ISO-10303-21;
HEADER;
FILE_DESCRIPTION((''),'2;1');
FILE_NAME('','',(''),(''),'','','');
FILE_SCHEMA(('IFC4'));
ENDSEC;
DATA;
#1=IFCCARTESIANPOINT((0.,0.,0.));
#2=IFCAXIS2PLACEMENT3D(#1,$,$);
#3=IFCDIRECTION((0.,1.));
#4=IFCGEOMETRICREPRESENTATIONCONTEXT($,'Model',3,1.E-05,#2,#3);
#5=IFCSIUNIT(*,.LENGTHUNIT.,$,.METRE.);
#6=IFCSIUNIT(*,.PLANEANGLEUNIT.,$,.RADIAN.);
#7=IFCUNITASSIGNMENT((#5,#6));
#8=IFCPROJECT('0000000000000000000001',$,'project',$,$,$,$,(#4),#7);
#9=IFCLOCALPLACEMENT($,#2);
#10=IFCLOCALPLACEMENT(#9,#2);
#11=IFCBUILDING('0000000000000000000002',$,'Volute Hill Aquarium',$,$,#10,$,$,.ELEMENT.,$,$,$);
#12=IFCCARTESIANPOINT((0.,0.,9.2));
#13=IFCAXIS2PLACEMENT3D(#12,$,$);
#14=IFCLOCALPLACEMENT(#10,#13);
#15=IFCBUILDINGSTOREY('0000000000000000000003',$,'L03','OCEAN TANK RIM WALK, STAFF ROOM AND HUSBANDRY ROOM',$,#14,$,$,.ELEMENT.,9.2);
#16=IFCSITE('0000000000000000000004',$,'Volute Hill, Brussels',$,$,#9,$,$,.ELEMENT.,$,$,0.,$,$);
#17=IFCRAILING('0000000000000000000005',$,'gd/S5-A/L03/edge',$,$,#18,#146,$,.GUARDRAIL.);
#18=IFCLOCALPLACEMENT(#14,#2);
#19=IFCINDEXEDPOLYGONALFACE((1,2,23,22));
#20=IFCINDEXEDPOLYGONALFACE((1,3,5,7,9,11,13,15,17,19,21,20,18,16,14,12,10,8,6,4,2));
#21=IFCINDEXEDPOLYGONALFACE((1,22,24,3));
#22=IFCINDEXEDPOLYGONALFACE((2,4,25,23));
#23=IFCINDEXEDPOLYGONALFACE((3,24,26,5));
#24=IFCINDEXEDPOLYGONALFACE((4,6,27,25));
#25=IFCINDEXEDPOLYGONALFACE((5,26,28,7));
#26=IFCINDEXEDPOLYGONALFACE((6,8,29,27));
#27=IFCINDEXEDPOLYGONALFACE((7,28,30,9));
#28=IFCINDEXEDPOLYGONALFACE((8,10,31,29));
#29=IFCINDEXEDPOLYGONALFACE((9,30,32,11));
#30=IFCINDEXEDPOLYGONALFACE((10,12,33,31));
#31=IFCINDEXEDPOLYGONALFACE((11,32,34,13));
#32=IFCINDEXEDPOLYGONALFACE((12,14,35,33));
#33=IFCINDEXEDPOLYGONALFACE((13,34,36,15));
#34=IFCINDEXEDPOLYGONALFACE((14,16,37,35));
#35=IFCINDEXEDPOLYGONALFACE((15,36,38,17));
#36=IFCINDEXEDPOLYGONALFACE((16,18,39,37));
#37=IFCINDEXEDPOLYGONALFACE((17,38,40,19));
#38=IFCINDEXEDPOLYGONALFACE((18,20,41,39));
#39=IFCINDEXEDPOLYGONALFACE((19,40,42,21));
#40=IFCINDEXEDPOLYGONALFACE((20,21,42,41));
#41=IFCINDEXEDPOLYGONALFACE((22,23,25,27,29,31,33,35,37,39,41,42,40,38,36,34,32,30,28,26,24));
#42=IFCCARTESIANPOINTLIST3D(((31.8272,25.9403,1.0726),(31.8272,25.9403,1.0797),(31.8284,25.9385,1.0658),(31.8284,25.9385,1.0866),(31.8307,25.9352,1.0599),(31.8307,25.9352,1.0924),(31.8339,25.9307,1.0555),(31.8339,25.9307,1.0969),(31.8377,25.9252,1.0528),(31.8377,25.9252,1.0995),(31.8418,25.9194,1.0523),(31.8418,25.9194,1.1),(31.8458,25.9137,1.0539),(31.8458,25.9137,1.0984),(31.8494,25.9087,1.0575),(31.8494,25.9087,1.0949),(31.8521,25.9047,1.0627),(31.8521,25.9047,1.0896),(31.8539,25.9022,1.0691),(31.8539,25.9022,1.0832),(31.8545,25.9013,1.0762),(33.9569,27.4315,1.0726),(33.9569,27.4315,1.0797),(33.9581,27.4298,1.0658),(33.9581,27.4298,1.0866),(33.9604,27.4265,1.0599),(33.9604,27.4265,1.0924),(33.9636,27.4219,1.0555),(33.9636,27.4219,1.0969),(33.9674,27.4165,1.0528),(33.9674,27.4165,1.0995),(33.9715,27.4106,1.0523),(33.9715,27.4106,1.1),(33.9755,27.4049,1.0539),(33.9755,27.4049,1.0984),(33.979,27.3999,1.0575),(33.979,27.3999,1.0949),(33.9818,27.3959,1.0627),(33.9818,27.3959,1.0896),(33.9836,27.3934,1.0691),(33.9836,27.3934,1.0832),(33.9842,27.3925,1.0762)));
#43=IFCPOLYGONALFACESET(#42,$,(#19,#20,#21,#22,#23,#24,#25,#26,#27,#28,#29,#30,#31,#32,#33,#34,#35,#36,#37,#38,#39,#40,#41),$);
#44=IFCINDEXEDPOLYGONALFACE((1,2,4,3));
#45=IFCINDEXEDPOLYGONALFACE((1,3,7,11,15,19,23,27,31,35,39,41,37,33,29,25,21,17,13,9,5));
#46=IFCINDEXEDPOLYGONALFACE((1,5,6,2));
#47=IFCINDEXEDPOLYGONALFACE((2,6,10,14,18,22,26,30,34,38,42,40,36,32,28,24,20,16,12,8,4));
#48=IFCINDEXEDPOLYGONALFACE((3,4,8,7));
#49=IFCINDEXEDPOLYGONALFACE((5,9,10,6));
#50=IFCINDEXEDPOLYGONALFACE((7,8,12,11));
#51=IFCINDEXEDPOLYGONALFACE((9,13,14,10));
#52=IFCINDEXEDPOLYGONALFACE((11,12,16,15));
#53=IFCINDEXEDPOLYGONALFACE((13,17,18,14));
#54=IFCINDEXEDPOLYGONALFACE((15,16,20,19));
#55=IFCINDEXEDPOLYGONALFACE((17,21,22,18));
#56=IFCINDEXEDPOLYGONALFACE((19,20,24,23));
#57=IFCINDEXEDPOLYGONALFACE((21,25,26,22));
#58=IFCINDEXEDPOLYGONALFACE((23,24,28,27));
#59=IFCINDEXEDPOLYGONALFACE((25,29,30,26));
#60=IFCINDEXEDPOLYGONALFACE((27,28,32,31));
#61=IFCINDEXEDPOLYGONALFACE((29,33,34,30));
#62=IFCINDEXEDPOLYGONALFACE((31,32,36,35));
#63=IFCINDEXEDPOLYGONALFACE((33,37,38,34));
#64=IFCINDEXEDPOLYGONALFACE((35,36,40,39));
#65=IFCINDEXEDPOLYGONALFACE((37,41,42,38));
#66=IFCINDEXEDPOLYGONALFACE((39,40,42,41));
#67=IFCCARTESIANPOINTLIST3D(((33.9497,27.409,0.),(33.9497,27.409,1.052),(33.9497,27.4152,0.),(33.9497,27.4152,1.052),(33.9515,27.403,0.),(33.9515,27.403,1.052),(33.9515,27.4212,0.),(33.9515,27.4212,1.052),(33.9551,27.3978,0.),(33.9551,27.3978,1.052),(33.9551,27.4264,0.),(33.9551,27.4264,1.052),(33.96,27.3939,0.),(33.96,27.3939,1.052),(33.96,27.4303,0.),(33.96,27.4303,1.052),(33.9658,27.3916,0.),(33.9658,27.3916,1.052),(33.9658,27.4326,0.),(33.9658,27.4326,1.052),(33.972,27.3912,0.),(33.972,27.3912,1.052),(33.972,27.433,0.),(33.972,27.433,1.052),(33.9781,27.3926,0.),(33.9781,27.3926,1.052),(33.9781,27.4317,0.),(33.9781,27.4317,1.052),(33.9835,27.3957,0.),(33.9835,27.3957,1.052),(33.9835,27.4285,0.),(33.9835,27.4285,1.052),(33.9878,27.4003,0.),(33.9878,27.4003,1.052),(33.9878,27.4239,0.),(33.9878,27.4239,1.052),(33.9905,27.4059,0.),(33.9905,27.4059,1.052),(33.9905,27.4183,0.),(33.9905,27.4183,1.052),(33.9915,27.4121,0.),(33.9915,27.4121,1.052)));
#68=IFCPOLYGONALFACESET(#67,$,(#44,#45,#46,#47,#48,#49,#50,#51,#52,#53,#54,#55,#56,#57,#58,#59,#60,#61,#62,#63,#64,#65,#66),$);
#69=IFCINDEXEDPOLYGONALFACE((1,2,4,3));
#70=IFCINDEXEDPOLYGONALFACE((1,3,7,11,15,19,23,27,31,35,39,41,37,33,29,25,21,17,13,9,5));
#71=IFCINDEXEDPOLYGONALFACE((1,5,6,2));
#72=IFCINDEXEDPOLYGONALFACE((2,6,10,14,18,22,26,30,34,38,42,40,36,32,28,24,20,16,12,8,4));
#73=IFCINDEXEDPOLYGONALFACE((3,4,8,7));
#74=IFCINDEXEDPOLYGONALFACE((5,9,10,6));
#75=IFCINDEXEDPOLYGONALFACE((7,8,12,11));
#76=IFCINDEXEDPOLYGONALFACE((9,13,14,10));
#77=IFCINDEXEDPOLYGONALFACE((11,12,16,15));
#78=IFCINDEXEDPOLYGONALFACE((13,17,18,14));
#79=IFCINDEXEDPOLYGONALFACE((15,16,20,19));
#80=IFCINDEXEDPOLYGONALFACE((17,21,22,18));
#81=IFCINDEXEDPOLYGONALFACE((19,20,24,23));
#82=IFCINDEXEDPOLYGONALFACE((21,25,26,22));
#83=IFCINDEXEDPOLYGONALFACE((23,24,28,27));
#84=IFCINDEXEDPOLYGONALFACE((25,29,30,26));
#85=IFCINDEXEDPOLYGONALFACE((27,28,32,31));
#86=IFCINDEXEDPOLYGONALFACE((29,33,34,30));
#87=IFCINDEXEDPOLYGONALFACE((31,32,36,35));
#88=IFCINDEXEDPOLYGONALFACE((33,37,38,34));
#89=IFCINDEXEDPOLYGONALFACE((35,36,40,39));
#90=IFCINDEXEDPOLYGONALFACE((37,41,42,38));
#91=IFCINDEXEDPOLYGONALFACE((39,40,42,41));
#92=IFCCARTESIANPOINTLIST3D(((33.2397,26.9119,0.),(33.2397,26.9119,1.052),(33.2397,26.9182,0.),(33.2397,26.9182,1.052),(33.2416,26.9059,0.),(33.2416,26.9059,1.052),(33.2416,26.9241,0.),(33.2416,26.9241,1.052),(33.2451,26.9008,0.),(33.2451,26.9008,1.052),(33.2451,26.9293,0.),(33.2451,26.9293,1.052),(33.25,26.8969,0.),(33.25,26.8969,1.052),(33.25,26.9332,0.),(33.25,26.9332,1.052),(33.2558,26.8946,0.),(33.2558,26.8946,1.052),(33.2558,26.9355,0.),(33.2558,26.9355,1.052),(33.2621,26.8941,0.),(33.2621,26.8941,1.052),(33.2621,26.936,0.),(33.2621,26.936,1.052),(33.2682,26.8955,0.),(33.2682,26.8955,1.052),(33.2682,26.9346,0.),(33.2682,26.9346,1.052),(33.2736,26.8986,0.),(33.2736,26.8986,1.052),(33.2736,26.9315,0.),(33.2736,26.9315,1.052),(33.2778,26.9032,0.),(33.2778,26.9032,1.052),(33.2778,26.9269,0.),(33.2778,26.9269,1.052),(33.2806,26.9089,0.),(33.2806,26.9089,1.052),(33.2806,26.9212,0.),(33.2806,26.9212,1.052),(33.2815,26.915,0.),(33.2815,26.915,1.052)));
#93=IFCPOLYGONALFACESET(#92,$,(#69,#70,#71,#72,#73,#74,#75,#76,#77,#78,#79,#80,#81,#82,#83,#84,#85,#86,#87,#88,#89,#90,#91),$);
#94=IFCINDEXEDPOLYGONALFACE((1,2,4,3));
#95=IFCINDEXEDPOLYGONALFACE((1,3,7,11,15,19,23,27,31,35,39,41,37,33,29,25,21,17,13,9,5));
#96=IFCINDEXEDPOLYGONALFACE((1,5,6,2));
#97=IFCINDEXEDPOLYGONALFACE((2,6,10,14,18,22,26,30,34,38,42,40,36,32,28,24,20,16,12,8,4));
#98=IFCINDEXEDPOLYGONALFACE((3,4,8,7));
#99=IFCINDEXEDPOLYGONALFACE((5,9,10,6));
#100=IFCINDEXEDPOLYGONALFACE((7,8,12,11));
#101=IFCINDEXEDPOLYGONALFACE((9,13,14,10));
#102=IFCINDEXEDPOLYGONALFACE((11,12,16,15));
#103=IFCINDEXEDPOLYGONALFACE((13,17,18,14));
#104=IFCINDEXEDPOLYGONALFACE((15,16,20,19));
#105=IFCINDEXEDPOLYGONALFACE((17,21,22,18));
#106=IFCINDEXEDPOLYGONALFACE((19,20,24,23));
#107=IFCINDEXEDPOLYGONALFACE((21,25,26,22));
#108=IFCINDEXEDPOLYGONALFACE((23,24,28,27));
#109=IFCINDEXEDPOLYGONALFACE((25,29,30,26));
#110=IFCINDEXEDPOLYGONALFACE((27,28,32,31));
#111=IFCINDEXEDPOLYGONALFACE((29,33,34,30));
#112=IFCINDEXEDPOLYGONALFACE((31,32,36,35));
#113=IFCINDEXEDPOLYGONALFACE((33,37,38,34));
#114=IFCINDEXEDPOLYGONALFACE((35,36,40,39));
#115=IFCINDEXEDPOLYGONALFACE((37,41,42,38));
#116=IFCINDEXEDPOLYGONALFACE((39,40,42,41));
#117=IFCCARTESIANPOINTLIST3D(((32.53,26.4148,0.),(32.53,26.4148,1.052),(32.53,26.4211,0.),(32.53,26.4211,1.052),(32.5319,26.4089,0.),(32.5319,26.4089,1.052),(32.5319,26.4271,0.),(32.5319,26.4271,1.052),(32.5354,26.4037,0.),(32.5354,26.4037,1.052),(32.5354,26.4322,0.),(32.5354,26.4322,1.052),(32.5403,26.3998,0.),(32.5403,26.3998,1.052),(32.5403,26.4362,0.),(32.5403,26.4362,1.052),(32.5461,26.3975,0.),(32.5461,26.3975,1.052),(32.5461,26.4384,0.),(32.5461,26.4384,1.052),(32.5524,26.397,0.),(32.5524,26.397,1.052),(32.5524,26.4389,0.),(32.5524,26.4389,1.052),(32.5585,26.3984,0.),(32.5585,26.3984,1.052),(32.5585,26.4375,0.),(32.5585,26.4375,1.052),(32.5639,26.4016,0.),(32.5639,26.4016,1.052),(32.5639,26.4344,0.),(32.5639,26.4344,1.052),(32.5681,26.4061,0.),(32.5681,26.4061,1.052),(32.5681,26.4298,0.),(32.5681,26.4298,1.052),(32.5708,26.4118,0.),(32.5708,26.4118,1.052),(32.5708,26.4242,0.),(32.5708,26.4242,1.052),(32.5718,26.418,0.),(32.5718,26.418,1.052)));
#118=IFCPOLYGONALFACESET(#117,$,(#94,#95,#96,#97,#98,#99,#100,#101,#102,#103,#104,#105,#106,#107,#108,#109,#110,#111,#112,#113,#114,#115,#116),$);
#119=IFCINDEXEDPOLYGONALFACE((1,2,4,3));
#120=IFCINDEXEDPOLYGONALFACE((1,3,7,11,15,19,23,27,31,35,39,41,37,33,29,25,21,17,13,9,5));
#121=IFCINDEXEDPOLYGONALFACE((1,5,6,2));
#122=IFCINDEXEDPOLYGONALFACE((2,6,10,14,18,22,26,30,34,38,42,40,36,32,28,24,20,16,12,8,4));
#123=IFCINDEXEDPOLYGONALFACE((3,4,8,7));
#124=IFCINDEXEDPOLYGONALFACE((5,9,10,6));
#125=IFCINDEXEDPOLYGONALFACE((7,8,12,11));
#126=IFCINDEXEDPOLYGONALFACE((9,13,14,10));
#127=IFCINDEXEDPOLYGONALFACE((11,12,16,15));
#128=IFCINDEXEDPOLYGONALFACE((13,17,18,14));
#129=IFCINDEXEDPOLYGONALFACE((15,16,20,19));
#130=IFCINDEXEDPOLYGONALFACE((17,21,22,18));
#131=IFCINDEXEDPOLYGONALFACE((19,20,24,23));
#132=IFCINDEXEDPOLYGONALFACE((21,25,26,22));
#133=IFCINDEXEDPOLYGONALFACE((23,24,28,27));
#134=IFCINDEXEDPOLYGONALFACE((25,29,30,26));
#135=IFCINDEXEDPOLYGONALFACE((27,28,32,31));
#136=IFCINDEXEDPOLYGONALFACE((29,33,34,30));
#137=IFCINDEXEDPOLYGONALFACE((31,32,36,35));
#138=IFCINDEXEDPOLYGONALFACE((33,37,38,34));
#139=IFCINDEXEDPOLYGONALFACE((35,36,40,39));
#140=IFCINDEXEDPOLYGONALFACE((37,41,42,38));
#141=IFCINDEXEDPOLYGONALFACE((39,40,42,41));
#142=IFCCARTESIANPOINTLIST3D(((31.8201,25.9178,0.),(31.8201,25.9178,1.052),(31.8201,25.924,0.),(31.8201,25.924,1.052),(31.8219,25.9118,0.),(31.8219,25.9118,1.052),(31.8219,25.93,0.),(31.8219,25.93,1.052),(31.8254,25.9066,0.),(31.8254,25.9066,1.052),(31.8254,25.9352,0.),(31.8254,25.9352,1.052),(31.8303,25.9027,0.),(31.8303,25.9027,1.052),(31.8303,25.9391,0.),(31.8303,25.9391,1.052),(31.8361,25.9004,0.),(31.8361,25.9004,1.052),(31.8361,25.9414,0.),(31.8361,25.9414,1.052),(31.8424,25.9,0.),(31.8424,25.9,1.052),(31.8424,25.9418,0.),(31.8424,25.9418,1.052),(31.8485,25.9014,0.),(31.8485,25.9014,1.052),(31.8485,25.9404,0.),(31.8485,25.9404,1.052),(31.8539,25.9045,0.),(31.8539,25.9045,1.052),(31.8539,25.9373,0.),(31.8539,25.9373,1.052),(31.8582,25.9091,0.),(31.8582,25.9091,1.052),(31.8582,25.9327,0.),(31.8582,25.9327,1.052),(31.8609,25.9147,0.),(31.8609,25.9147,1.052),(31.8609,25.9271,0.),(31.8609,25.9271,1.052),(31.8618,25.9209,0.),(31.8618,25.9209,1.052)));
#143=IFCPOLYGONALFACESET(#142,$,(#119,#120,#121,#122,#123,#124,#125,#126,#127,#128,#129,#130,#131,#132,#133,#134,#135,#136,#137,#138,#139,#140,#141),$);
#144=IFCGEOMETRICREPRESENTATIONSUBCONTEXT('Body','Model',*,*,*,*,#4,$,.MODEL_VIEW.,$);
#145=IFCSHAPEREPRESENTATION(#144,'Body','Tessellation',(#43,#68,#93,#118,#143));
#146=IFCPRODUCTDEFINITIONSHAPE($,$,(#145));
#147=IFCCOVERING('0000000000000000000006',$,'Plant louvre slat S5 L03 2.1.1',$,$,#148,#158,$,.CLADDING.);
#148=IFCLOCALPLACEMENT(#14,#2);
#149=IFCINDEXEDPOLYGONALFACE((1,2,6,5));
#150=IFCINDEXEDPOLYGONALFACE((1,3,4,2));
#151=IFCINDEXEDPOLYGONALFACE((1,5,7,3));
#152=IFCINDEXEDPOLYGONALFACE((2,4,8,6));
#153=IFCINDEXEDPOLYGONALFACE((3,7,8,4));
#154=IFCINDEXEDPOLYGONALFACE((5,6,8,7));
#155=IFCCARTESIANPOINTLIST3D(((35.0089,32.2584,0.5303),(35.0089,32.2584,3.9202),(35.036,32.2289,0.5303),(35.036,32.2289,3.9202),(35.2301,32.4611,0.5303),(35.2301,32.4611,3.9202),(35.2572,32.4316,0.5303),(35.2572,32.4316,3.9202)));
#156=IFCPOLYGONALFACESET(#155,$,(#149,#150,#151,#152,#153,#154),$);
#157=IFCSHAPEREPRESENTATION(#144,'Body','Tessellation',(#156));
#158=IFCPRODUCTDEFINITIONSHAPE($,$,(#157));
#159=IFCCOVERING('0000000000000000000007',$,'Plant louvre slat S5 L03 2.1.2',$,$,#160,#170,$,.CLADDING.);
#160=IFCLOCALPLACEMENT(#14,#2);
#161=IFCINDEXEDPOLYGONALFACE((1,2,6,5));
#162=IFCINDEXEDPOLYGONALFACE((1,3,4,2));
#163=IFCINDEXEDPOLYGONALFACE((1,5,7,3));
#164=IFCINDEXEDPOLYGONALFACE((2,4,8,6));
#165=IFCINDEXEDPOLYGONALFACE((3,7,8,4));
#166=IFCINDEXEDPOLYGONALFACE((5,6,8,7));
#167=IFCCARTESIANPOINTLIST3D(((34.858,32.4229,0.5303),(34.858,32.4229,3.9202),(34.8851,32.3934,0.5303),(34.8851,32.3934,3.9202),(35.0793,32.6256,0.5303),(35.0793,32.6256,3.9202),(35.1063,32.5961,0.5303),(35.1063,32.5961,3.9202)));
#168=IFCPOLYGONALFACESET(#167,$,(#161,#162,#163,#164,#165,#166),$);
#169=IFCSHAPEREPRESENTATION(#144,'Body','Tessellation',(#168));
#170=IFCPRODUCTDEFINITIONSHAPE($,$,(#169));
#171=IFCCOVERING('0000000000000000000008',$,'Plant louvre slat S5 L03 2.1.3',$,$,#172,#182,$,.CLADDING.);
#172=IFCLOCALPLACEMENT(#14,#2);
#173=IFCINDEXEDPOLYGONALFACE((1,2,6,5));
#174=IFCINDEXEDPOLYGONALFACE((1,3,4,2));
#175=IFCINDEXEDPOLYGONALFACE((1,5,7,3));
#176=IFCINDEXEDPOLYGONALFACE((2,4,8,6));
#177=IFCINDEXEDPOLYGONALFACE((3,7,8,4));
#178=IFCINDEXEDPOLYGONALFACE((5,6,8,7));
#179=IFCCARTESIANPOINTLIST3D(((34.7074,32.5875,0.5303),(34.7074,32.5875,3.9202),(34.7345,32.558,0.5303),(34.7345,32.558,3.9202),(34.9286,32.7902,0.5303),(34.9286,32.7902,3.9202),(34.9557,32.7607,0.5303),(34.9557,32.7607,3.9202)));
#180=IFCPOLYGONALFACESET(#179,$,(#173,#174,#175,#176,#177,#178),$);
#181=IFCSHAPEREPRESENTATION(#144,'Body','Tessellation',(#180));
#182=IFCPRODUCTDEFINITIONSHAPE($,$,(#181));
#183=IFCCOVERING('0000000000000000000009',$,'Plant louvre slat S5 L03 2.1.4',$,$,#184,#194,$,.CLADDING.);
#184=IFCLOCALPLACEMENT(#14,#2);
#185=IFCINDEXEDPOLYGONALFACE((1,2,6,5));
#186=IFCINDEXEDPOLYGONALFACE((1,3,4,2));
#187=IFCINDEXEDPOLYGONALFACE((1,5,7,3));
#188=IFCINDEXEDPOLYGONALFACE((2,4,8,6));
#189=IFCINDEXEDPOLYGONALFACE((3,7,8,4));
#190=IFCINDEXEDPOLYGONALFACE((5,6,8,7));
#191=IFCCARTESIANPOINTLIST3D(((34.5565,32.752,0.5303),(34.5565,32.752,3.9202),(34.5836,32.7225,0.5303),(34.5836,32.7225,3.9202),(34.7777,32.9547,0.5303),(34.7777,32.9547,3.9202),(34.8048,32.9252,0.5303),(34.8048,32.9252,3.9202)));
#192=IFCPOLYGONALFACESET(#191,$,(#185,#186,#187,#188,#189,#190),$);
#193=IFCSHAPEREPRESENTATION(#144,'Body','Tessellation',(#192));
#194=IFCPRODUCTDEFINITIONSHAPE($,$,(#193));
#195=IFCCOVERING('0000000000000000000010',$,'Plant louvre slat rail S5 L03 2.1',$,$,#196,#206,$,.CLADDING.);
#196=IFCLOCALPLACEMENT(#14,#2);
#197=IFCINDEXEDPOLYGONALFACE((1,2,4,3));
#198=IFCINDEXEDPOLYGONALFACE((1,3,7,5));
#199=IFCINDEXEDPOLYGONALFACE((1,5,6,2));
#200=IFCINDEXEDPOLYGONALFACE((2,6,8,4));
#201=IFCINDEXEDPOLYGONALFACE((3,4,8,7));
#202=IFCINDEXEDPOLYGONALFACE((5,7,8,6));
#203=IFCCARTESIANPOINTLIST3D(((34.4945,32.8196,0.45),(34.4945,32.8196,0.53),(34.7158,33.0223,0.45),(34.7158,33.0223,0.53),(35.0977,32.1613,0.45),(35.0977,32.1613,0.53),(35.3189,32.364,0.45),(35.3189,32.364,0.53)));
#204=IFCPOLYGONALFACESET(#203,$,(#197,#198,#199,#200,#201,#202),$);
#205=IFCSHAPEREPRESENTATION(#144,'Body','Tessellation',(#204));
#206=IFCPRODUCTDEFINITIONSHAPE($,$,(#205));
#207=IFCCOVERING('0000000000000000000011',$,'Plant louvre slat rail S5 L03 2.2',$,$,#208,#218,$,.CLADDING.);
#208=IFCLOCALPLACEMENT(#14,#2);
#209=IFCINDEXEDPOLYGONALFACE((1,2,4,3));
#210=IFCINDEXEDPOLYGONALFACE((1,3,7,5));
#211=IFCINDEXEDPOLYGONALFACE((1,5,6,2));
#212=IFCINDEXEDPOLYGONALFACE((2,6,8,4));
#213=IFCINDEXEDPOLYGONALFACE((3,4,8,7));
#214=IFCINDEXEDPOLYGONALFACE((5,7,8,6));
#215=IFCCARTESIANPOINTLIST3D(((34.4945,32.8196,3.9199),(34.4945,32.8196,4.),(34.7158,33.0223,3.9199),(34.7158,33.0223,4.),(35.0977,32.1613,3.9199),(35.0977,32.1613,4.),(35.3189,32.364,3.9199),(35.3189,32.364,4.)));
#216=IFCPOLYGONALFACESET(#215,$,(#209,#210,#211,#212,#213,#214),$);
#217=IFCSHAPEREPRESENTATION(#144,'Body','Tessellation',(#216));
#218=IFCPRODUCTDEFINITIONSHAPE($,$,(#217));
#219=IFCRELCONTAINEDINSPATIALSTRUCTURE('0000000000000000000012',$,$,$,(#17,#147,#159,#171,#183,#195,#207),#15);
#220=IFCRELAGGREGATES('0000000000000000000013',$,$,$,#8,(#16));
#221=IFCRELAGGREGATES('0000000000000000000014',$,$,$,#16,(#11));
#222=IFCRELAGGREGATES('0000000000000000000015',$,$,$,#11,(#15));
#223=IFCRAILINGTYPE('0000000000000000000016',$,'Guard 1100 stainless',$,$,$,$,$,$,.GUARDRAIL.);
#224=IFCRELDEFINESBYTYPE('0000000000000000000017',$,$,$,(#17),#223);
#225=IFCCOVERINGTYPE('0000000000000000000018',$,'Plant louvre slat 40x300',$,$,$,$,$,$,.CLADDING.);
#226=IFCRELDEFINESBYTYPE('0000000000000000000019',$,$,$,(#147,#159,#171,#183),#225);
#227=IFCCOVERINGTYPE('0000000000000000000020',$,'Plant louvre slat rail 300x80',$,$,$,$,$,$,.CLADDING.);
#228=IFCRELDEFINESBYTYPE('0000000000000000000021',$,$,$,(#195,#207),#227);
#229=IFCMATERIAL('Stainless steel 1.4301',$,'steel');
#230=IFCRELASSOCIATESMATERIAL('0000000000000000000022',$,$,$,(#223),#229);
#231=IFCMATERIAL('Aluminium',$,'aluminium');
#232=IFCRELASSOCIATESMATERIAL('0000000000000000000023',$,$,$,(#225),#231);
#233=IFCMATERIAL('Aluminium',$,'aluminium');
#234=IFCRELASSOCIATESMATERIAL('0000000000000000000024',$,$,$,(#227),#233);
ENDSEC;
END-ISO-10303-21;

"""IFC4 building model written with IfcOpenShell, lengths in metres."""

from ifc_helpers import new_model, si_unit, direction, frame, origin, origin_2d, place, context, subcontext, project, spatial, rectangle, circle, extrude, material, type_object, element, save


model = new_model("IFC4")

# Units and contexts
model_context = context("Model", 3, precision=1e-05, world=origin(), true_north=direction((0.0, 1.0)))
body_context = subcontext(model_context, "Body", "Model", "MODEL_VIEW")
ifc_project = project(units=[si_unit("LENGTHUNIT", "METRE"), si_unit("PLANEANGLEUNIT", "RADIAN")], contexts=[model_context])

# Site, building, storey
site_placement = place(None, origin())
site = spatial("IfcSite", under=ifc_project, at=site_placement, Name="Volute Hill, Brussels", CompositionType="ELEMENT", RefElevation=0.0)
building_placement = place(site_placement, origin())
building = spatial("IfcBuilding", under=site, at=building_placement, Name="Volute Hill Aquarium", CompositionType="ELEMENT")
storey_placement = place(building_placement, frame((0.0, 0.0, 9.2)))
storey = spatial("IfcBuildingStorey", under=building, at=storey_placement, Name="L03", Description="OCEAN TANK RIM WALK, STAFF ROOM AND HUSBANDRY ROOM", CompositionType="ELEMENT", Elevation=9.2)

# Railing
ifc_material_1 = material(Name="Stainless steel 1.4301", Category="steel")
railing_type_1 = type_object("IfcRailingType", Name="Guard 1100 stainless", PredefinedType="GUARDRAIL", material=ifc_material_1)
railing_1_placement = place(storey_placement, frame((33.9705, 27.4121, 0.0)))
element("IfcRailing", 1, at=railing_1_placement, inside=storey, type_object=railing_type_1, Name="gd/S5-A/L03/edge", PredefinedType="GUARDRAIL", context=body_context, shape_type="SweptSolid", body=[
    extrude(circle(Radius=0.0239, at=origin_2d()), frame((0.0, 0.0, 1.0762), z_axis=(-0.819148, -0.573582, 0.0), x_axis=(0.573582, -0.819148, 0.0)), (0.0, 0.0, 1.0), 2.5999),
    extrude(circle(Radius=0.021, at=origin_2d()), origin(), (0.0, 0.0, 1.0), 1.052),
    extrude(circle(Radius=0.021, at=origin_2d()), frame((-0.71, -0.4971, 0.0)), (0.0, 0.0, 1.0), 1.052),
    extrude(circle(Radius=0.021, at=origin_2d()), frame((-1.4197, -0.9941, 0.0)), (0.0, 0.0, 1.0), 1.052),
    extrude(circle(Radius=0.021, at=origin_2d()), frame((-2.1296, -1.4912, 0.0)), (0.0, 0.0, 1.0), 1.052),
])

# Coverings
ifc_material_2 = material(Name="Aluminium", Category="aluminium")
covering_type_1 = type_object("IfcCoveringType", Name="Plant louvre slat 40x300", PredefinedType="CLADDING", material=ifc_material_2)
for number, where, z_axis, x_axis, name in (
    (2, (35.1331, 32.345, 0.5303), (0.0, 0.0, 1.0), (-0.675585, 0.737282, 0.0), "Plant louvre slat S5 L03 2.1.1"),
    (3, (34.9822, 32.5095, 0.5303), (0.0, 0.0, 1.0), (-0.675585, 0.737282, 0.0), "Plant louvre slat S5 L03 2.1.2"),
    (4, (34.8315, 32.6741, 0.5303), (0.0, 0.0, 1.0), (-0.675585, 0.737282, 0.0), "Plant louvre slat S5 L03 2.1.3"),
    (5, (34.6807, 32.8386, 0.5303), (0.0, 0.0, 1.0), (-0.675585, 0.737282, 0.0), "Plant louvre slat S5 L03 2.1.4"),
):
    element("IfcCovering", number, at=place(storey_placement, frame(where, z_axis=z_axis, x_axis=x_axis)), inside=storey, type_object=covering_type_1, Name=name, PredefinedType="CLADDING", context=body_context, shape_type="SweptSolid", body=[
        extrude(rectangle(XDim=0.04, YDim=0.3, at=origin_2d()), origin(), (0.0, 0.0, 1.0), 3.3899),
    ])
ifc_material_3 = material(Name="Aluminium", Category="aluminium")
covering_type_2 = type_object("IfcCoveringType", Name="Plant louvre slat rail 300x80", PredefinedType="CLADDING", material=ifc_material_3)
for number, where, z_axis, x_axis, name in (
    (6, (34.9067, 32.5918, 0.45), (0.0, 0.0, 1.0), (-0.675585, 0.737282, 0.0), "Plant louvre slat rail S5 L03 2.1"),
    (7, (34.9067, 32.5918, 3.9199), (0.0, 0.0, 1.0), (-0.675585, 0.737282, 0.0), "Plant louvre slat rail S5 L03 2.2"),
):
    element("IfcCovering", number, at=place(storey_placement, frame(where, z_axis=z_axis, x_axis=x_axis)), inside=storey, type_object=covering_type_2, Name=name, PredefinedType="CLADDING", context=body_context, shape_type="SweptSolid", body=[
        extrude(rectangle(XDim=0.8928, YDim=0.3, at=origin_2d()), origin(), (0.0, 0.0, 1.0), 0.0801),
    ])

save(model, "model.ifc")
